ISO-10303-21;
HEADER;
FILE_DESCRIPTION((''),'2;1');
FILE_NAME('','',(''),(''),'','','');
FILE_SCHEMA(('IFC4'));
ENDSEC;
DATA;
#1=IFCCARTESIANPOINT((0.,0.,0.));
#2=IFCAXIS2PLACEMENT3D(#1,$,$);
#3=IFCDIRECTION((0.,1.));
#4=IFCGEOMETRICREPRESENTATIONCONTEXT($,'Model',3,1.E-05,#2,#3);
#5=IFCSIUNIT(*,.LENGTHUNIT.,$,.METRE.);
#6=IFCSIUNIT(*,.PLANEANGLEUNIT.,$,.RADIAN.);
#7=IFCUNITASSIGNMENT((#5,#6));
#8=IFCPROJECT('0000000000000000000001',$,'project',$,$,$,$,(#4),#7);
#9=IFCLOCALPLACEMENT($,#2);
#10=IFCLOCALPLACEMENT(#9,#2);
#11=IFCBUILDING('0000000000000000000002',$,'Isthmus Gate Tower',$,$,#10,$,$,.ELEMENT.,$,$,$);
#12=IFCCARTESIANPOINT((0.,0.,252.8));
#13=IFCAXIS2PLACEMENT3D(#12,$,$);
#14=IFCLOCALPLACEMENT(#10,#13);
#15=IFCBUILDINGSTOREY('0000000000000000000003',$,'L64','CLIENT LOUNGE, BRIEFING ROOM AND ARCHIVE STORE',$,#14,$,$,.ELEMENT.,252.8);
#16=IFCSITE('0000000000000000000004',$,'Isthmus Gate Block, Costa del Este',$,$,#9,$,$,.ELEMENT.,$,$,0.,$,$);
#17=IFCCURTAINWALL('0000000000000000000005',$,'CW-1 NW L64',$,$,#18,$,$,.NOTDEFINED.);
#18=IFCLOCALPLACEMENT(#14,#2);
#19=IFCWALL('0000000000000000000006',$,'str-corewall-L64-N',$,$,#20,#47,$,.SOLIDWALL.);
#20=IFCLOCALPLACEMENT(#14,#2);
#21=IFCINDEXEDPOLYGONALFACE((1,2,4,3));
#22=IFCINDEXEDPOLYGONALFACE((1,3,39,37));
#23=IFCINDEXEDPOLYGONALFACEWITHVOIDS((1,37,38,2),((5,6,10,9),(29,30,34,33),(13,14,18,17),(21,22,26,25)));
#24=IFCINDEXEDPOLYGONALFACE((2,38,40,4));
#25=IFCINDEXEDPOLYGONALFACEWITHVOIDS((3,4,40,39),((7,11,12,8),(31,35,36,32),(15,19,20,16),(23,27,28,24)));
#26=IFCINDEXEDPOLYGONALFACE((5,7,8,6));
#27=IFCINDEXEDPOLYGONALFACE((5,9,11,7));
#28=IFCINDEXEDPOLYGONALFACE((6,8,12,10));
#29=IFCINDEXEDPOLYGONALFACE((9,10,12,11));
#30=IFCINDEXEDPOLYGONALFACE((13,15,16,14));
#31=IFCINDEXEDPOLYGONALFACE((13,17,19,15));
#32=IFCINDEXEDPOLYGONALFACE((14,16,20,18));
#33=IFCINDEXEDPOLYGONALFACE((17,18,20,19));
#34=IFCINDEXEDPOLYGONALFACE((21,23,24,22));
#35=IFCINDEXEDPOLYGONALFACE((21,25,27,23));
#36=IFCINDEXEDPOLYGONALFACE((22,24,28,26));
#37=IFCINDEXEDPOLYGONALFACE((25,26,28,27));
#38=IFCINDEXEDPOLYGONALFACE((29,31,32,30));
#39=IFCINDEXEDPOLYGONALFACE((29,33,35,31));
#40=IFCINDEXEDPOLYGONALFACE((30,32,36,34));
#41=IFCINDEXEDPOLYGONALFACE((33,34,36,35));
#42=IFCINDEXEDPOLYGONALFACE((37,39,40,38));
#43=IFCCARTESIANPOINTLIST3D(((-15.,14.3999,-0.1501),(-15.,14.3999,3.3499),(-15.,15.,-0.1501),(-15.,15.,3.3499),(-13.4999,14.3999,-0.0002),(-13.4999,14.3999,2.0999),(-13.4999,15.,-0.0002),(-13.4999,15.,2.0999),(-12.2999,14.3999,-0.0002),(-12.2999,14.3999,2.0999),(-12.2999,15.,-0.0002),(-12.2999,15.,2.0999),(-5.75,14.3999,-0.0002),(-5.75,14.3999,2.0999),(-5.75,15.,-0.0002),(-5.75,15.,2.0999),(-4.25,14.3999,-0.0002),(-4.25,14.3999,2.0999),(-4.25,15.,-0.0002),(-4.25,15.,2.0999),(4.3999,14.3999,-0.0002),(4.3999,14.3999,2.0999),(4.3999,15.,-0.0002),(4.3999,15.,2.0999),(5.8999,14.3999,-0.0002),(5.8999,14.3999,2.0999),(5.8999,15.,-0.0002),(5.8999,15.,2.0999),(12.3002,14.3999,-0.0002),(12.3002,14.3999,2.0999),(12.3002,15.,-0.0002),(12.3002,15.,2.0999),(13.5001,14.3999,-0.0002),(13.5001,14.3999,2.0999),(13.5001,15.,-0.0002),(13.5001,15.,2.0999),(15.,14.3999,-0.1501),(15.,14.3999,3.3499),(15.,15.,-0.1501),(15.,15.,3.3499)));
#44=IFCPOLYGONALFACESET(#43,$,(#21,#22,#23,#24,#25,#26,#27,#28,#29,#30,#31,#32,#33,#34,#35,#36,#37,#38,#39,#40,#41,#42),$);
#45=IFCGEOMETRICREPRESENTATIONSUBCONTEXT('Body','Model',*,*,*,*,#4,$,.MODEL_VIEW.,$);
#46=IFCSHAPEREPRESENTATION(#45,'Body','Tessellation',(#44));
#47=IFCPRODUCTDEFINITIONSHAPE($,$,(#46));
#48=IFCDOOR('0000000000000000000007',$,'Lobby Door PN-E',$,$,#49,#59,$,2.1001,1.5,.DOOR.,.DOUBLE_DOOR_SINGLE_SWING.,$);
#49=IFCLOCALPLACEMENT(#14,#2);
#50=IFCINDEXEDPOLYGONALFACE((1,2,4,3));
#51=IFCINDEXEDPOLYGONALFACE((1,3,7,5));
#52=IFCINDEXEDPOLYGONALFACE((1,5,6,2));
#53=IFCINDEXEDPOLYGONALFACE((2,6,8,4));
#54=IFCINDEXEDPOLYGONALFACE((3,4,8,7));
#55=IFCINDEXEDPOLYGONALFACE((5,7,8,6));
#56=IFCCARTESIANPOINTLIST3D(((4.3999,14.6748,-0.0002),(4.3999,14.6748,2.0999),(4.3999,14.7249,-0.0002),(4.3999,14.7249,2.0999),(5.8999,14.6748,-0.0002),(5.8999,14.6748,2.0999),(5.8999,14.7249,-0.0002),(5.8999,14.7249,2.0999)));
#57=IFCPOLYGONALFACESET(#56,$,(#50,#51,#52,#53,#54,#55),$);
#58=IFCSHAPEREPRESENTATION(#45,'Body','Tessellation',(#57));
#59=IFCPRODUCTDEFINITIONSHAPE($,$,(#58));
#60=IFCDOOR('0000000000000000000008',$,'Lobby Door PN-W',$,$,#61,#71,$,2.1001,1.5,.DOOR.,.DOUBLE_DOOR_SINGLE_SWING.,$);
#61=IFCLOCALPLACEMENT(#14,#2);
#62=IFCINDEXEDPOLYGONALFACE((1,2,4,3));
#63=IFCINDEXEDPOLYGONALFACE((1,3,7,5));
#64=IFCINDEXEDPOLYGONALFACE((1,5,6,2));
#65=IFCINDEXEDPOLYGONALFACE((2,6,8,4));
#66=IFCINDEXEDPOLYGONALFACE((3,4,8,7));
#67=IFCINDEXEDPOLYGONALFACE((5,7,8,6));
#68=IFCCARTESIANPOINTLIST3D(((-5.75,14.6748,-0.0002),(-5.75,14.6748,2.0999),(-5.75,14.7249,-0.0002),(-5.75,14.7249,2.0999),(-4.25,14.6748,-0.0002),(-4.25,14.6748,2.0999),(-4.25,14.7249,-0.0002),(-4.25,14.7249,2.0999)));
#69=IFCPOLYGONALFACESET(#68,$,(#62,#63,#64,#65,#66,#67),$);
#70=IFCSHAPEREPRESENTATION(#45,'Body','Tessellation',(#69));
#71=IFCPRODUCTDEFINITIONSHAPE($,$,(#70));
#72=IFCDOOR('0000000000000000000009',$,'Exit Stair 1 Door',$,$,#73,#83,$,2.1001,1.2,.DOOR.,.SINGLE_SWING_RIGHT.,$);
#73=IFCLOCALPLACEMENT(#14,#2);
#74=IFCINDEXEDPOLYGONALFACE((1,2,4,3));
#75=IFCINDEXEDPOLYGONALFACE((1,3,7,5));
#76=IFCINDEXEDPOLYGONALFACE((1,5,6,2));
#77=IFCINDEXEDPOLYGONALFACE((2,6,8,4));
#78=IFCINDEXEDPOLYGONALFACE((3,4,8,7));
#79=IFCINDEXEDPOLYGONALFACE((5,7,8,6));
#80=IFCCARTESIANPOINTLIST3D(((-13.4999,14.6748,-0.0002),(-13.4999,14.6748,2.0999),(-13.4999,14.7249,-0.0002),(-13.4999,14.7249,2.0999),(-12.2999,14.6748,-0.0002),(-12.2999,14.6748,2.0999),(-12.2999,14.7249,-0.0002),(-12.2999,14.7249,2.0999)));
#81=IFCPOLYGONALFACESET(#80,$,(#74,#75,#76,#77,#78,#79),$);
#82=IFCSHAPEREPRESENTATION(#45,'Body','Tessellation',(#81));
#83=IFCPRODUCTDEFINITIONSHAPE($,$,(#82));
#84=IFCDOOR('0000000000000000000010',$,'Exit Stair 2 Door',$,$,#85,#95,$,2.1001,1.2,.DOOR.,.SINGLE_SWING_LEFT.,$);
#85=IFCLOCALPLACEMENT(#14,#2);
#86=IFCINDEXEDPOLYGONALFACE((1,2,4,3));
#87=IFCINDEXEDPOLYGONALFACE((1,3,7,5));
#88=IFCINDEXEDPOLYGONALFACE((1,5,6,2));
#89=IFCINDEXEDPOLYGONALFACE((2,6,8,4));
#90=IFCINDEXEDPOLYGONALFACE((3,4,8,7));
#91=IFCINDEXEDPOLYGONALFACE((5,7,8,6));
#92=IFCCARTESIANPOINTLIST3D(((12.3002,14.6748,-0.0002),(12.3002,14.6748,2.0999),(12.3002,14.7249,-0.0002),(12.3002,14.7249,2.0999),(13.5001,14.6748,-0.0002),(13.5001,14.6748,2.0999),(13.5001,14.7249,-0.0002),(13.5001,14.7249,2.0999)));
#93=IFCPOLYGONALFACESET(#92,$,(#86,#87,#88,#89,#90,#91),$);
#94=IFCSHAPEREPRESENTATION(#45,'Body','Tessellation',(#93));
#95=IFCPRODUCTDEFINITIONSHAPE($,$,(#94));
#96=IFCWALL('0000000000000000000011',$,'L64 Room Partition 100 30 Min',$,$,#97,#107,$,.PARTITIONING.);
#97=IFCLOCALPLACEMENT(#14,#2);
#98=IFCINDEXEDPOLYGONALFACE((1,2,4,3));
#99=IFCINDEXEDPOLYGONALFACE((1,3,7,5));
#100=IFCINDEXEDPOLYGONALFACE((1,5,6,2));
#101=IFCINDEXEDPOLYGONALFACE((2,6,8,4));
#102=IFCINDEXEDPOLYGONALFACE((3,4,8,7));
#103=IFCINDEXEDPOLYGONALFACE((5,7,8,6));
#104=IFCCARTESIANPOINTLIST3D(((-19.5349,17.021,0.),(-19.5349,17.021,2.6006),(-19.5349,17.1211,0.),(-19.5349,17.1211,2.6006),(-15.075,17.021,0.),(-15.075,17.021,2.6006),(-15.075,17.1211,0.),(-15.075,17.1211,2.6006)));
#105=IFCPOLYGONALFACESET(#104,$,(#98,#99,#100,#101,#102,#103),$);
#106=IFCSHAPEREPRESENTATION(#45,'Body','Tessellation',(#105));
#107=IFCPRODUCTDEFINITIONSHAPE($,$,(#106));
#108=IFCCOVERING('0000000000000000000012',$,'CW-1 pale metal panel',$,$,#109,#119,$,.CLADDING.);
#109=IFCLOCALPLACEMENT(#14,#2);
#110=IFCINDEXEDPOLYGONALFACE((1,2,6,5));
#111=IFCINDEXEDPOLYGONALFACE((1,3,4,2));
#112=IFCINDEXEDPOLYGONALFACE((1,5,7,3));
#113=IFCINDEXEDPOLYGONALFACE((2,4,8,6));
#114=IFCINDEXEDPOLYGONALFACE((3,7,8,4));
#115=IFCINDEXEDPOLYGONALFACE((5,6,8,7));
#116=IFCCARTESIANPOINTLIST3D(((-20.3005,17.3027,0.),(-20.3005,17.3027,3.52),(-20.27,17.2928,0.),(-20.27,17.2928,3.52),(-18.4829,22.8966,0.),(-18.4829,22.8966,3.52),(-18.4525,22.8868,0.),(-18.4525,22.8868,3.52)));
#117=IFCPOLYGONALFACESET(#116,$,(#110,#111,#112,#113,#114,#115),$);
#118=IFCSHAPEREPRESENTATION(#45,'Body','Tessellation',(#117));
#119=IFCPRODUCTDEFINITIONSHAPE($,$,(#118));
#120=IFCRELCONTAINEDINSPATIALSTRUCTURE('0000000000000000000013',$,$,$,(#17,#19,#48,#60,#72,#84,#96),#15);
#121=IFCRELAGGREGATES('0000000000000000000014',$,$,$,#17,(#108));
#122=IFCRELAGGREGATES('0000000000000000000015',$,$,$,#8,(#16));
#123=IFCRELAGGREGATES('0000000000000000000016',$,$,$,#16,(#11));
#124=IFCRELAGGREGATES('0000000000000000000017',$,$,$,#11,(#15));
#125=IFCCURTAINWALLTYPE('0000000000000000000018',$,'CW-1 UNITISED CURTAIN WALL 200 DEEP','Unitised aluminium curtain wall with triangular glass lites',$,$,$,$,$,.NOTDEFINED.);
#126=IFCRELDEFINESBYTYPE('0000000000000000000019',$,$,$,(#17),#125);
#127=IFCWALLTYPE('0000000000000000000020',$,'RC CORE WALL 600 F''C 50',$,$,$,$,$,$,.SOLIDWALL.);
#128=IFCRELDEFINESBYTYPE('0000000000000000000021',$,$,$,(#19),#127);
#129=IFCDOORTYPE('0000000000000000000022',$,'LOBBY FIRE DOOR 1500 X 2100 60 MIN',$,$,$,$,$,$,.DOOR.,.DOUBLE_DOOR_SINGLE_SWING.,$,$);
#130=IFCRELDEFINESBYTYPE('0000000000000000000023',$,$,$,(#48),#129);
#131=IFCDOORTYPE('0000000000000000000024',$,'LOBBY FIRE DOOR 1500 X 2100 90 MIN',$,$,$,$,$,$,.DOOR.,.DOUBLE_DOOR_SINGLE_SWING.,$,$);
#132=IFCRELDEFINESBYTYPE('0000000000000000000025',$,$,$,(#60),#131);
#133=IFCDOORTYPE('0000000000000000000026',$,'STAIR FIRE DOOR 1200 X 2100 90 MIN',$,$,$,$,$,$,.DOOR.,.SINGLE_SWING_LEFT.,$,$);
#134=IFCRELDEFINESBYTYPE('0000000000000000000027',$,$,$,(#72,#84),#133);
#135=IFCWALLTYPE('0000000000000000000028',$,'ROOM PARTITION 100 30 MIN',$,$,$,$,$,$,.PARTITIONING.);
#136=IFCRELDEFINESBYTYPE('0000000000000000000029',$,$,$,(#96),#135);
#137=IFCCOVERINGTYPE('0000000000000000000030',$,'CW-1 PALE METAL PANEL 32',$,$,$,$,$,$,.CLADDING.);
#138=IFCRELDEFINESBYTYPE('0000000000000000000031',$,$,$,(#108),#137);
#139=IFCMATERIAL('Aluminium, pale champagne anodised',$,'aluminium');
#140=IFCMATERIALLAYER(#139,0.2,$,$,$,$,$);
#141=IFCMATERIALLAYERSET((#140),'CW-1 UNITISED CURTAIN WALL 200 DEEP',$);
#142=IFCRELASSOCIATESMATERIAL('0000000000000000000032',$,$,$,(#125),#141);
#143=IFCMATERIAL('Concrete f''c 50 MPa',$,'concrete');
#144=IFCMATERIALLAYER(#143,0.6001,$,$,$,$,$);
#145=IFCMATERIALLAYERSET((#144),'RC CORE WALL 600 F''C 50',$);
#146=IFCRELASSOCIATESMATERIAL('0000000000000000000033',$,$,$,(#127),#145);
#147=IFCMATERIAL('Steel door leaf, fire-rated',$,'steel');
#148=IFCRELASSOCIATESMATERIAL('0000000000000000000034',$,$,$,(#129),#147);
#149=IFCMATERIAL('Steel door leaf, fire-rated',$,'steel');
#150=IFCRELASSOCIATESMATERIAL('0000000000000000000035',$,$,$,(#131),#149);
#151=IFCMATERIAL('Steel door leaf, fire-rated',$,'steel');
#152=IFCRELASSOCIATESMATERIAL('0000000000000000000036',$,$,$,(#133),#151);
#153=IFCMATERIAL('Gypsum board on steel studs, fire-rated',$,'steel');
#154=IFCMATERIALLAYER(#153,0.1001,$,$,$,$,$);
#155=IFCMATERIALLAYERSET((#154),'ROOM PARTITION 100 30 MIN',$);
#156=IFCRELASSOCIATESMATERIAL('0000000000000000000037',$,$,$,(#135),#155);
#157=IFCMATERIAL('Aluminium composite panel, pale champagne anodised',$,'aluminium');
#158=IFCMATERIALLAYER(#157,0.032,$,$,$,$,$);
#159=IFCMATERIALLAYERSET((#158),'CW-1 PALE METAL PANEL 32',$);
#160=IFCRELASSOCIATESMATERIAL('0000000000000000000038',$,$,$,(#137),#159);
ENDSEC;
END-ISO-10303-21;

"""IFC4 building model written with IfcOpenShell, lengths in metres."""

from ifc_helpers import new_model, si_unit, direction, frame, frame_2d, origin, origin_2d, place, context, subcontext, project, spatial, rectangle, extrude, material, layer, layer_set, type_object, element, fill, aggregate, save


model = new_model("IFC4")

# Units and contexts
model_context = context("Model", 3, precision=1e-05, world=origin(), true_north=direction((0.0, 1.0)))
body_context = subcontext(model_context, "Body", "Model", "MODEL_VIEW")
ifc_project = project(units=[si_unit("LENGTHUNIT", "METRE"), si_unit("PLANEANGLEUNIT", "RADIAN")], contexts=[model_context])

# Site, building, storey
site_placement = place(None, origin())
site = spatial("IfcSite", under=ifc_project, at=site_placement, Name="Isthmus Gate Block, Costa del Este", CompositionType="ELEMENT", RefElevation=0.0)
building_placement = place(site_placement, origin())
building = spatial("IfcBuilding", under=site, at=building_placement, Name="Isthmus Gate Tower", CompositionType="ELEMENT")
storey_placement = place(building_placement, frame((0.0, 0.0, 252.8)))
storey = spatial("IfcBuildingStorey", under=building, at=storey_placement, Name="L64", Description="CLIENT LOUNGE, BRIEFING ROOM AND ARCHIVE STORE", CompositionType="ELEMENT", Elevation=252.8)

# Curtain wall
ifc_material_1 = material(Name="Aluminium, pale champagne anodised", Category="aluminium")
ifc_layer_1 = layer(ifc_material_1, 0.2)
ifc_layer_set_1 = layer_set([ifc_layer_1], Name="CW-1 UNITISED CURTAIN WALL 200 DEEP")
curtain_wall_type = type_object("IfcCurtainWallType", Name="CW-1 UNITISED CURTAIN WALL 200 DEEP", Description="Unitised aluminium curtain wall with triangular glass lites", PredefinedType="NOTDEFINED", material=ifc_layer_set_1)
curtain_wall_1_placement = place(storey_placement, origin())
curtain_wall_1 = element("IfcCurtainWall", 1, at=curtain_wall_1_placement, inside=storey, type_object=curtain_wall_type, Name="CW-1 NW L64", PredefinedType="NOTDEFINED")

# Wall, openings, doors
ifc_material_2 = material(Name="Concrete f'c 50 MPa", Category="concrete")
ifc_layer_2 = layer(ifc_material_2, 0.6001)
ifc_layer_set_2 = layer_set([ifc_layer_2], Name="RC CORE WALL 600 F'C 50")
wall_type_1 = type_object("IfcWallType", Name="RC CORE WALL 600 F'C 50", PredefinedType="SOLIDWALL", material=ifc_layer_set_2)
wall_1_placement = place(storey_placement, frame((-15.0, 14.7, -0.1501), z_axis=(0.0, 0.0, 1.0), x_axis=(1.0, 0.0, 0.0)))
wall_1 = element("IfcWall", 2, at=wall_1_placement, inside=storey, type_object=wall_type_1, Name="str-corewall-L64-N", PredefinedType="SOLIDWALL", context=body_context, shape_type="SweptSolid", body=[
    extrude(rectangle(XDim=30.0, YDim=0.6001, at=frame_2d((15.0, 0.0))), origin(), (0.0, 0.0, 1.0), 3.5),
])
opening_1_placement = place(wall_1_placement, frame((9.25, 0.0, 0.1499)))
opening_1 = element("IfcOpeningElement", 3, at=opening_1_placement, cuts=wall_1, PredefinedType="OPENING", context=body_context, shape_type="SweptSolid", body=[
    extrude(rectangle(XDim=1.5, YDim=2.1001, at=frame_2d((0.75, 1.05))), frame((0.0, 0.3101, 0.0), z_axis=(0.0, -1.0, 0.0), x_axis=(1.0, 0.0, 0.0)), (0.0, 0.0, 1.0), 0.6201),
])
opening_2_placement = place(wall_1_placement, frame((19.3999, 0.0, 0.1499)))
opening_2 = element("IfcOpeningElement", 4, at=opening_2_placement, cuts=wall_1, PredefinedType="OPENING", context=body_context, shape_type="SweptSolid", body=[
    extrude(rectangle(XDim=1.5, YDim=2.1001, at=frame_2d((0.75, 1.05))), frame((0.0, 0.3101, 0.0), z_axis=(0.0, -1.0, 0.0), x_axis=(1.0, 0.0, 0.0)), (0.0, 0.0, 1.0), 0.6201),
])
opening_3_placement = place(wall_1_placement, frame((1.5, 0.0, 0.1499)))
opening_3 = element("IfcOpeningElement", 5, at=opening_3_placement, cuts=wall_1, PredefinedType="OPENING", context=body_context, shape_type="SweptSolid", body=[
    extrude(rectangle(XDim=1.2, YDim=2.1001, at=frame_2d((0.6001, 1.05))), frame((0.0, 0.3101, 0.0), z_axis=(0.0, -1.0, 0.0), x_axis=(1.0, 0.0, 0.0)), (0.0, 0.0, 1.0), 0.6201),
])
opening_4_placement = place(wall_1_placement, frame((27.3, 0.0, 0.1499)))
opening_4 = element("IfcOpeningElement", 6, at=opening_4_placement, cuts=wall_1, PredefinedType="OPENING", context=body_context, shape_type="SweptSolid", body=[
    extrude(rectangle(XDim=1.2, YDim=2.1001, at=frame_2d((0.6001, 1.05))), frame((0.0, 0.3101, 0.0), z_axis=(0.0, -1.0, 0.0), x_axis=(1.0, 0.0, 0.0)), (0.0, 0.0, 1.0), 0.6201),
])
ifc_material_3 = material(Name="Steel door leaf, fire-rated", Category="steel")
door_type_1 = type_object("IfcDoorType", Name="LOBBY FIRE DOOR 1500 X 2100 60 MIN", OperationType="DOUBLE_DOOR_SINGLE_SWING", PredefinedType="DOOR", material=ifc_material_3)
door_1_placement = place(opening_2_placement, origin())
door_1 = element("IfcDoor", 7, at=door_1_placement, inside=storey, type_object=door_type_1, Name="Lobby Door PN-E", OperationType="DOUBLE_DOOR_SINGLE_SWING", OverallHeight=2.1001, OverallWidth=1.5, PredefinedType="DOOR", context=body_context, shape_type="SweptSolid", body=[
    extrude(rectangle(XDim=1.5, YDim=2.1001, at=frame_2d((0.75, 1.05))), frame((0.0, 0.0249, 0.0), z_axis=(0.0, -1.0, 0.0), x_axis=(1.0, 0.0, 0.0)), (0.0, 0.0, 1.0), 0.05),
])
fill(opening_2, door_1)
ifc_material_4 = material(Name="Steel door leaf, fire-rated", Category="steel")
door_type_2 = type_object("IfcDoorType", Name="LOBBY FIRE DOOR 1500 X 2100 90 MIN", OperationType="DOUBLE_DOOR_SINGLE_SWING", PredefinedType="DOOR", material=ifc_material_4)
door_2_placement = place(opening_1_placement, origin())
door_2 = element("IfcDoor", 8, at=door_2_placement, inside=storey, type_object=door_type_2, Name="Lobby Door PN-W", OperationType="DOUBLE_DOOR_SINGLE_SWING", OverallHeight=2.1001, OverallWidth=1.5, PredefinedType="DOOR", context=body_context, shape_type="SweptSolid", body=[
    extrude(rectangle(XDim=1.5, YDim=2.1001, at=frame_2d((0.75, 1.05))), frame((0.0, 0.0249, 0.0), z_axis=(0.0, -1.0, 0.0), x_axis=(1.0, 0.0, 0.0)), (0.0, 0.0, 1.0), 0.05),
])
fill(opening_1, door_2)
ifc_material_5 = material(Name="Steel door leaf, fire-rated", Category="steel")
door_type_3 = type_object("IfcDoorType", Name="STAIR FIRE DOOR 1200 X 2100 90 MIN", OperationType="SINGLE_SWING_LEFT", PredefinedType="DOOR", material=ifc_material_5)
door_3_placement = place(opening_3_placement, origin())
door_3 = element("IfcDoor", 9, at=door_3_placement, inside=storey, type_object=door_type_3, Name="Exit Stair 1 Door", OperationType="SINGLE_SWING_RIGHT", OverallHeight=2.1001, OverallWidth=1.2, PredefinedType="DOOR", context=body_context, shape_type="SweptSolid", body=[
    extrude(rectangle(XDim=1.2, YDim=2.1001, at=frame_2d((0.6001, 1.05))), frame((0.0, 0.0249, 0.0), z_axis=(0.0, -1.0, 0.0), x_axis=(1.0, 0.0, 0.0)), (0.0, 0.0, 1.0), 0.05),
])
fill(opening_3, door_3)
door_4_placement = place(opening_4_placement, origin())
door_4 = element("IfcDoor", 10, at=door_4_placement, inside=storey, type_object=door_type_3, Name="Exit Stair 2 Door", OperationType="SINGLE_SWING_LEFT", OverallHeight=2.1001, OverallWidth=1.2, PredefinedType="DOOR", context=body_context, shape_type="SweptSolid", body=[
    extrude(rectangle(XDim=1.2, YDim=2.1001, at=frame_2d((0.6001, 1.05))), frame((0.0, 0.0249, 0.0), z_axis=(0.0, -1.0, 0.0), x_axis=(1.0, 0.0, 0.0)), (0.0, 0.0, 1.0), 0.05),
])
fill(opening_4, door_4)

# Wall
ifc_material_6 = material(Name="Gypsum board on steel studs, fire-rated", Category="steel")
ifc_layer_3 = layer(ifc_material_6, 0.1001)
ifc_layer_set_3 = layer_set([ifc_layer_3], Name="ROOM PARTITION 100 30 MIN")
wall_type_2 = type_object("IfcWallType", Name="ROOM PARTITION 100 30 MIN", PredefinedType="PARTITIONING", material=ifc_layer_set_3)
wall_2_placement = place(storey_placement, frame((-19.5349, 17.071, 0.0), z_axis=(0.0, 0.0, 1.0), x_axis=(1.0, 0.0, 0.0)))
element("IfcWall", 11, at=wall_2_placement, inside=storey, type_object=wall_type_2, Name="L64 Room Partition 100 30 Min", PredefinedType="PARTITIONING", context=body_context, shape_type="SweptSolid", body=[
    extrude(rectangle(XDim=4.46, YDim=0.1001, at=frame_2d((2.23, 0.0))), origin(), (0.0, 0.0, 1.0), 2.6006),
])

# Covering
ifc_material_7 = material(Name="Aluminium composite panel, pale champagne anodised", Category="aluminium")
ifc_layer_4 = layer(ifc_material_7, 0.032)
ifc_layer_set_4 = layer_set([ifc_layer_4], Name="CW-1 PALE METAL PANEL 32")
covering_type = type_object("IfcCoveringType", Name="CW-1 PALE METAL PANEL 32", PredefinedType="CLADDING", material=ifc_layer_set_4)
covering_placement = place(storey_placement, frame((-19.3765, 20.0947, 0.0), z_axis=(0.0, 0.0, 1.0), x_axis=(-0.309017, -0.951057, 0.0)))
covering = element("IfcCovering", 12, at=covering_placement, type_object=covering_type, Name="CW-1 pale metal panel", PredefinedType="CLADDING", context=body_context, shape_type="SweptSolid", body=[
    extrude(rectangle(XDim=5.8818, YDim=0.032, at=origin_2d()), origin(), (0.0, 0.0, 1.0), 3.52),
])
aggregate(curtain_wall_1, [covering])

save(model, "model.ifc")
